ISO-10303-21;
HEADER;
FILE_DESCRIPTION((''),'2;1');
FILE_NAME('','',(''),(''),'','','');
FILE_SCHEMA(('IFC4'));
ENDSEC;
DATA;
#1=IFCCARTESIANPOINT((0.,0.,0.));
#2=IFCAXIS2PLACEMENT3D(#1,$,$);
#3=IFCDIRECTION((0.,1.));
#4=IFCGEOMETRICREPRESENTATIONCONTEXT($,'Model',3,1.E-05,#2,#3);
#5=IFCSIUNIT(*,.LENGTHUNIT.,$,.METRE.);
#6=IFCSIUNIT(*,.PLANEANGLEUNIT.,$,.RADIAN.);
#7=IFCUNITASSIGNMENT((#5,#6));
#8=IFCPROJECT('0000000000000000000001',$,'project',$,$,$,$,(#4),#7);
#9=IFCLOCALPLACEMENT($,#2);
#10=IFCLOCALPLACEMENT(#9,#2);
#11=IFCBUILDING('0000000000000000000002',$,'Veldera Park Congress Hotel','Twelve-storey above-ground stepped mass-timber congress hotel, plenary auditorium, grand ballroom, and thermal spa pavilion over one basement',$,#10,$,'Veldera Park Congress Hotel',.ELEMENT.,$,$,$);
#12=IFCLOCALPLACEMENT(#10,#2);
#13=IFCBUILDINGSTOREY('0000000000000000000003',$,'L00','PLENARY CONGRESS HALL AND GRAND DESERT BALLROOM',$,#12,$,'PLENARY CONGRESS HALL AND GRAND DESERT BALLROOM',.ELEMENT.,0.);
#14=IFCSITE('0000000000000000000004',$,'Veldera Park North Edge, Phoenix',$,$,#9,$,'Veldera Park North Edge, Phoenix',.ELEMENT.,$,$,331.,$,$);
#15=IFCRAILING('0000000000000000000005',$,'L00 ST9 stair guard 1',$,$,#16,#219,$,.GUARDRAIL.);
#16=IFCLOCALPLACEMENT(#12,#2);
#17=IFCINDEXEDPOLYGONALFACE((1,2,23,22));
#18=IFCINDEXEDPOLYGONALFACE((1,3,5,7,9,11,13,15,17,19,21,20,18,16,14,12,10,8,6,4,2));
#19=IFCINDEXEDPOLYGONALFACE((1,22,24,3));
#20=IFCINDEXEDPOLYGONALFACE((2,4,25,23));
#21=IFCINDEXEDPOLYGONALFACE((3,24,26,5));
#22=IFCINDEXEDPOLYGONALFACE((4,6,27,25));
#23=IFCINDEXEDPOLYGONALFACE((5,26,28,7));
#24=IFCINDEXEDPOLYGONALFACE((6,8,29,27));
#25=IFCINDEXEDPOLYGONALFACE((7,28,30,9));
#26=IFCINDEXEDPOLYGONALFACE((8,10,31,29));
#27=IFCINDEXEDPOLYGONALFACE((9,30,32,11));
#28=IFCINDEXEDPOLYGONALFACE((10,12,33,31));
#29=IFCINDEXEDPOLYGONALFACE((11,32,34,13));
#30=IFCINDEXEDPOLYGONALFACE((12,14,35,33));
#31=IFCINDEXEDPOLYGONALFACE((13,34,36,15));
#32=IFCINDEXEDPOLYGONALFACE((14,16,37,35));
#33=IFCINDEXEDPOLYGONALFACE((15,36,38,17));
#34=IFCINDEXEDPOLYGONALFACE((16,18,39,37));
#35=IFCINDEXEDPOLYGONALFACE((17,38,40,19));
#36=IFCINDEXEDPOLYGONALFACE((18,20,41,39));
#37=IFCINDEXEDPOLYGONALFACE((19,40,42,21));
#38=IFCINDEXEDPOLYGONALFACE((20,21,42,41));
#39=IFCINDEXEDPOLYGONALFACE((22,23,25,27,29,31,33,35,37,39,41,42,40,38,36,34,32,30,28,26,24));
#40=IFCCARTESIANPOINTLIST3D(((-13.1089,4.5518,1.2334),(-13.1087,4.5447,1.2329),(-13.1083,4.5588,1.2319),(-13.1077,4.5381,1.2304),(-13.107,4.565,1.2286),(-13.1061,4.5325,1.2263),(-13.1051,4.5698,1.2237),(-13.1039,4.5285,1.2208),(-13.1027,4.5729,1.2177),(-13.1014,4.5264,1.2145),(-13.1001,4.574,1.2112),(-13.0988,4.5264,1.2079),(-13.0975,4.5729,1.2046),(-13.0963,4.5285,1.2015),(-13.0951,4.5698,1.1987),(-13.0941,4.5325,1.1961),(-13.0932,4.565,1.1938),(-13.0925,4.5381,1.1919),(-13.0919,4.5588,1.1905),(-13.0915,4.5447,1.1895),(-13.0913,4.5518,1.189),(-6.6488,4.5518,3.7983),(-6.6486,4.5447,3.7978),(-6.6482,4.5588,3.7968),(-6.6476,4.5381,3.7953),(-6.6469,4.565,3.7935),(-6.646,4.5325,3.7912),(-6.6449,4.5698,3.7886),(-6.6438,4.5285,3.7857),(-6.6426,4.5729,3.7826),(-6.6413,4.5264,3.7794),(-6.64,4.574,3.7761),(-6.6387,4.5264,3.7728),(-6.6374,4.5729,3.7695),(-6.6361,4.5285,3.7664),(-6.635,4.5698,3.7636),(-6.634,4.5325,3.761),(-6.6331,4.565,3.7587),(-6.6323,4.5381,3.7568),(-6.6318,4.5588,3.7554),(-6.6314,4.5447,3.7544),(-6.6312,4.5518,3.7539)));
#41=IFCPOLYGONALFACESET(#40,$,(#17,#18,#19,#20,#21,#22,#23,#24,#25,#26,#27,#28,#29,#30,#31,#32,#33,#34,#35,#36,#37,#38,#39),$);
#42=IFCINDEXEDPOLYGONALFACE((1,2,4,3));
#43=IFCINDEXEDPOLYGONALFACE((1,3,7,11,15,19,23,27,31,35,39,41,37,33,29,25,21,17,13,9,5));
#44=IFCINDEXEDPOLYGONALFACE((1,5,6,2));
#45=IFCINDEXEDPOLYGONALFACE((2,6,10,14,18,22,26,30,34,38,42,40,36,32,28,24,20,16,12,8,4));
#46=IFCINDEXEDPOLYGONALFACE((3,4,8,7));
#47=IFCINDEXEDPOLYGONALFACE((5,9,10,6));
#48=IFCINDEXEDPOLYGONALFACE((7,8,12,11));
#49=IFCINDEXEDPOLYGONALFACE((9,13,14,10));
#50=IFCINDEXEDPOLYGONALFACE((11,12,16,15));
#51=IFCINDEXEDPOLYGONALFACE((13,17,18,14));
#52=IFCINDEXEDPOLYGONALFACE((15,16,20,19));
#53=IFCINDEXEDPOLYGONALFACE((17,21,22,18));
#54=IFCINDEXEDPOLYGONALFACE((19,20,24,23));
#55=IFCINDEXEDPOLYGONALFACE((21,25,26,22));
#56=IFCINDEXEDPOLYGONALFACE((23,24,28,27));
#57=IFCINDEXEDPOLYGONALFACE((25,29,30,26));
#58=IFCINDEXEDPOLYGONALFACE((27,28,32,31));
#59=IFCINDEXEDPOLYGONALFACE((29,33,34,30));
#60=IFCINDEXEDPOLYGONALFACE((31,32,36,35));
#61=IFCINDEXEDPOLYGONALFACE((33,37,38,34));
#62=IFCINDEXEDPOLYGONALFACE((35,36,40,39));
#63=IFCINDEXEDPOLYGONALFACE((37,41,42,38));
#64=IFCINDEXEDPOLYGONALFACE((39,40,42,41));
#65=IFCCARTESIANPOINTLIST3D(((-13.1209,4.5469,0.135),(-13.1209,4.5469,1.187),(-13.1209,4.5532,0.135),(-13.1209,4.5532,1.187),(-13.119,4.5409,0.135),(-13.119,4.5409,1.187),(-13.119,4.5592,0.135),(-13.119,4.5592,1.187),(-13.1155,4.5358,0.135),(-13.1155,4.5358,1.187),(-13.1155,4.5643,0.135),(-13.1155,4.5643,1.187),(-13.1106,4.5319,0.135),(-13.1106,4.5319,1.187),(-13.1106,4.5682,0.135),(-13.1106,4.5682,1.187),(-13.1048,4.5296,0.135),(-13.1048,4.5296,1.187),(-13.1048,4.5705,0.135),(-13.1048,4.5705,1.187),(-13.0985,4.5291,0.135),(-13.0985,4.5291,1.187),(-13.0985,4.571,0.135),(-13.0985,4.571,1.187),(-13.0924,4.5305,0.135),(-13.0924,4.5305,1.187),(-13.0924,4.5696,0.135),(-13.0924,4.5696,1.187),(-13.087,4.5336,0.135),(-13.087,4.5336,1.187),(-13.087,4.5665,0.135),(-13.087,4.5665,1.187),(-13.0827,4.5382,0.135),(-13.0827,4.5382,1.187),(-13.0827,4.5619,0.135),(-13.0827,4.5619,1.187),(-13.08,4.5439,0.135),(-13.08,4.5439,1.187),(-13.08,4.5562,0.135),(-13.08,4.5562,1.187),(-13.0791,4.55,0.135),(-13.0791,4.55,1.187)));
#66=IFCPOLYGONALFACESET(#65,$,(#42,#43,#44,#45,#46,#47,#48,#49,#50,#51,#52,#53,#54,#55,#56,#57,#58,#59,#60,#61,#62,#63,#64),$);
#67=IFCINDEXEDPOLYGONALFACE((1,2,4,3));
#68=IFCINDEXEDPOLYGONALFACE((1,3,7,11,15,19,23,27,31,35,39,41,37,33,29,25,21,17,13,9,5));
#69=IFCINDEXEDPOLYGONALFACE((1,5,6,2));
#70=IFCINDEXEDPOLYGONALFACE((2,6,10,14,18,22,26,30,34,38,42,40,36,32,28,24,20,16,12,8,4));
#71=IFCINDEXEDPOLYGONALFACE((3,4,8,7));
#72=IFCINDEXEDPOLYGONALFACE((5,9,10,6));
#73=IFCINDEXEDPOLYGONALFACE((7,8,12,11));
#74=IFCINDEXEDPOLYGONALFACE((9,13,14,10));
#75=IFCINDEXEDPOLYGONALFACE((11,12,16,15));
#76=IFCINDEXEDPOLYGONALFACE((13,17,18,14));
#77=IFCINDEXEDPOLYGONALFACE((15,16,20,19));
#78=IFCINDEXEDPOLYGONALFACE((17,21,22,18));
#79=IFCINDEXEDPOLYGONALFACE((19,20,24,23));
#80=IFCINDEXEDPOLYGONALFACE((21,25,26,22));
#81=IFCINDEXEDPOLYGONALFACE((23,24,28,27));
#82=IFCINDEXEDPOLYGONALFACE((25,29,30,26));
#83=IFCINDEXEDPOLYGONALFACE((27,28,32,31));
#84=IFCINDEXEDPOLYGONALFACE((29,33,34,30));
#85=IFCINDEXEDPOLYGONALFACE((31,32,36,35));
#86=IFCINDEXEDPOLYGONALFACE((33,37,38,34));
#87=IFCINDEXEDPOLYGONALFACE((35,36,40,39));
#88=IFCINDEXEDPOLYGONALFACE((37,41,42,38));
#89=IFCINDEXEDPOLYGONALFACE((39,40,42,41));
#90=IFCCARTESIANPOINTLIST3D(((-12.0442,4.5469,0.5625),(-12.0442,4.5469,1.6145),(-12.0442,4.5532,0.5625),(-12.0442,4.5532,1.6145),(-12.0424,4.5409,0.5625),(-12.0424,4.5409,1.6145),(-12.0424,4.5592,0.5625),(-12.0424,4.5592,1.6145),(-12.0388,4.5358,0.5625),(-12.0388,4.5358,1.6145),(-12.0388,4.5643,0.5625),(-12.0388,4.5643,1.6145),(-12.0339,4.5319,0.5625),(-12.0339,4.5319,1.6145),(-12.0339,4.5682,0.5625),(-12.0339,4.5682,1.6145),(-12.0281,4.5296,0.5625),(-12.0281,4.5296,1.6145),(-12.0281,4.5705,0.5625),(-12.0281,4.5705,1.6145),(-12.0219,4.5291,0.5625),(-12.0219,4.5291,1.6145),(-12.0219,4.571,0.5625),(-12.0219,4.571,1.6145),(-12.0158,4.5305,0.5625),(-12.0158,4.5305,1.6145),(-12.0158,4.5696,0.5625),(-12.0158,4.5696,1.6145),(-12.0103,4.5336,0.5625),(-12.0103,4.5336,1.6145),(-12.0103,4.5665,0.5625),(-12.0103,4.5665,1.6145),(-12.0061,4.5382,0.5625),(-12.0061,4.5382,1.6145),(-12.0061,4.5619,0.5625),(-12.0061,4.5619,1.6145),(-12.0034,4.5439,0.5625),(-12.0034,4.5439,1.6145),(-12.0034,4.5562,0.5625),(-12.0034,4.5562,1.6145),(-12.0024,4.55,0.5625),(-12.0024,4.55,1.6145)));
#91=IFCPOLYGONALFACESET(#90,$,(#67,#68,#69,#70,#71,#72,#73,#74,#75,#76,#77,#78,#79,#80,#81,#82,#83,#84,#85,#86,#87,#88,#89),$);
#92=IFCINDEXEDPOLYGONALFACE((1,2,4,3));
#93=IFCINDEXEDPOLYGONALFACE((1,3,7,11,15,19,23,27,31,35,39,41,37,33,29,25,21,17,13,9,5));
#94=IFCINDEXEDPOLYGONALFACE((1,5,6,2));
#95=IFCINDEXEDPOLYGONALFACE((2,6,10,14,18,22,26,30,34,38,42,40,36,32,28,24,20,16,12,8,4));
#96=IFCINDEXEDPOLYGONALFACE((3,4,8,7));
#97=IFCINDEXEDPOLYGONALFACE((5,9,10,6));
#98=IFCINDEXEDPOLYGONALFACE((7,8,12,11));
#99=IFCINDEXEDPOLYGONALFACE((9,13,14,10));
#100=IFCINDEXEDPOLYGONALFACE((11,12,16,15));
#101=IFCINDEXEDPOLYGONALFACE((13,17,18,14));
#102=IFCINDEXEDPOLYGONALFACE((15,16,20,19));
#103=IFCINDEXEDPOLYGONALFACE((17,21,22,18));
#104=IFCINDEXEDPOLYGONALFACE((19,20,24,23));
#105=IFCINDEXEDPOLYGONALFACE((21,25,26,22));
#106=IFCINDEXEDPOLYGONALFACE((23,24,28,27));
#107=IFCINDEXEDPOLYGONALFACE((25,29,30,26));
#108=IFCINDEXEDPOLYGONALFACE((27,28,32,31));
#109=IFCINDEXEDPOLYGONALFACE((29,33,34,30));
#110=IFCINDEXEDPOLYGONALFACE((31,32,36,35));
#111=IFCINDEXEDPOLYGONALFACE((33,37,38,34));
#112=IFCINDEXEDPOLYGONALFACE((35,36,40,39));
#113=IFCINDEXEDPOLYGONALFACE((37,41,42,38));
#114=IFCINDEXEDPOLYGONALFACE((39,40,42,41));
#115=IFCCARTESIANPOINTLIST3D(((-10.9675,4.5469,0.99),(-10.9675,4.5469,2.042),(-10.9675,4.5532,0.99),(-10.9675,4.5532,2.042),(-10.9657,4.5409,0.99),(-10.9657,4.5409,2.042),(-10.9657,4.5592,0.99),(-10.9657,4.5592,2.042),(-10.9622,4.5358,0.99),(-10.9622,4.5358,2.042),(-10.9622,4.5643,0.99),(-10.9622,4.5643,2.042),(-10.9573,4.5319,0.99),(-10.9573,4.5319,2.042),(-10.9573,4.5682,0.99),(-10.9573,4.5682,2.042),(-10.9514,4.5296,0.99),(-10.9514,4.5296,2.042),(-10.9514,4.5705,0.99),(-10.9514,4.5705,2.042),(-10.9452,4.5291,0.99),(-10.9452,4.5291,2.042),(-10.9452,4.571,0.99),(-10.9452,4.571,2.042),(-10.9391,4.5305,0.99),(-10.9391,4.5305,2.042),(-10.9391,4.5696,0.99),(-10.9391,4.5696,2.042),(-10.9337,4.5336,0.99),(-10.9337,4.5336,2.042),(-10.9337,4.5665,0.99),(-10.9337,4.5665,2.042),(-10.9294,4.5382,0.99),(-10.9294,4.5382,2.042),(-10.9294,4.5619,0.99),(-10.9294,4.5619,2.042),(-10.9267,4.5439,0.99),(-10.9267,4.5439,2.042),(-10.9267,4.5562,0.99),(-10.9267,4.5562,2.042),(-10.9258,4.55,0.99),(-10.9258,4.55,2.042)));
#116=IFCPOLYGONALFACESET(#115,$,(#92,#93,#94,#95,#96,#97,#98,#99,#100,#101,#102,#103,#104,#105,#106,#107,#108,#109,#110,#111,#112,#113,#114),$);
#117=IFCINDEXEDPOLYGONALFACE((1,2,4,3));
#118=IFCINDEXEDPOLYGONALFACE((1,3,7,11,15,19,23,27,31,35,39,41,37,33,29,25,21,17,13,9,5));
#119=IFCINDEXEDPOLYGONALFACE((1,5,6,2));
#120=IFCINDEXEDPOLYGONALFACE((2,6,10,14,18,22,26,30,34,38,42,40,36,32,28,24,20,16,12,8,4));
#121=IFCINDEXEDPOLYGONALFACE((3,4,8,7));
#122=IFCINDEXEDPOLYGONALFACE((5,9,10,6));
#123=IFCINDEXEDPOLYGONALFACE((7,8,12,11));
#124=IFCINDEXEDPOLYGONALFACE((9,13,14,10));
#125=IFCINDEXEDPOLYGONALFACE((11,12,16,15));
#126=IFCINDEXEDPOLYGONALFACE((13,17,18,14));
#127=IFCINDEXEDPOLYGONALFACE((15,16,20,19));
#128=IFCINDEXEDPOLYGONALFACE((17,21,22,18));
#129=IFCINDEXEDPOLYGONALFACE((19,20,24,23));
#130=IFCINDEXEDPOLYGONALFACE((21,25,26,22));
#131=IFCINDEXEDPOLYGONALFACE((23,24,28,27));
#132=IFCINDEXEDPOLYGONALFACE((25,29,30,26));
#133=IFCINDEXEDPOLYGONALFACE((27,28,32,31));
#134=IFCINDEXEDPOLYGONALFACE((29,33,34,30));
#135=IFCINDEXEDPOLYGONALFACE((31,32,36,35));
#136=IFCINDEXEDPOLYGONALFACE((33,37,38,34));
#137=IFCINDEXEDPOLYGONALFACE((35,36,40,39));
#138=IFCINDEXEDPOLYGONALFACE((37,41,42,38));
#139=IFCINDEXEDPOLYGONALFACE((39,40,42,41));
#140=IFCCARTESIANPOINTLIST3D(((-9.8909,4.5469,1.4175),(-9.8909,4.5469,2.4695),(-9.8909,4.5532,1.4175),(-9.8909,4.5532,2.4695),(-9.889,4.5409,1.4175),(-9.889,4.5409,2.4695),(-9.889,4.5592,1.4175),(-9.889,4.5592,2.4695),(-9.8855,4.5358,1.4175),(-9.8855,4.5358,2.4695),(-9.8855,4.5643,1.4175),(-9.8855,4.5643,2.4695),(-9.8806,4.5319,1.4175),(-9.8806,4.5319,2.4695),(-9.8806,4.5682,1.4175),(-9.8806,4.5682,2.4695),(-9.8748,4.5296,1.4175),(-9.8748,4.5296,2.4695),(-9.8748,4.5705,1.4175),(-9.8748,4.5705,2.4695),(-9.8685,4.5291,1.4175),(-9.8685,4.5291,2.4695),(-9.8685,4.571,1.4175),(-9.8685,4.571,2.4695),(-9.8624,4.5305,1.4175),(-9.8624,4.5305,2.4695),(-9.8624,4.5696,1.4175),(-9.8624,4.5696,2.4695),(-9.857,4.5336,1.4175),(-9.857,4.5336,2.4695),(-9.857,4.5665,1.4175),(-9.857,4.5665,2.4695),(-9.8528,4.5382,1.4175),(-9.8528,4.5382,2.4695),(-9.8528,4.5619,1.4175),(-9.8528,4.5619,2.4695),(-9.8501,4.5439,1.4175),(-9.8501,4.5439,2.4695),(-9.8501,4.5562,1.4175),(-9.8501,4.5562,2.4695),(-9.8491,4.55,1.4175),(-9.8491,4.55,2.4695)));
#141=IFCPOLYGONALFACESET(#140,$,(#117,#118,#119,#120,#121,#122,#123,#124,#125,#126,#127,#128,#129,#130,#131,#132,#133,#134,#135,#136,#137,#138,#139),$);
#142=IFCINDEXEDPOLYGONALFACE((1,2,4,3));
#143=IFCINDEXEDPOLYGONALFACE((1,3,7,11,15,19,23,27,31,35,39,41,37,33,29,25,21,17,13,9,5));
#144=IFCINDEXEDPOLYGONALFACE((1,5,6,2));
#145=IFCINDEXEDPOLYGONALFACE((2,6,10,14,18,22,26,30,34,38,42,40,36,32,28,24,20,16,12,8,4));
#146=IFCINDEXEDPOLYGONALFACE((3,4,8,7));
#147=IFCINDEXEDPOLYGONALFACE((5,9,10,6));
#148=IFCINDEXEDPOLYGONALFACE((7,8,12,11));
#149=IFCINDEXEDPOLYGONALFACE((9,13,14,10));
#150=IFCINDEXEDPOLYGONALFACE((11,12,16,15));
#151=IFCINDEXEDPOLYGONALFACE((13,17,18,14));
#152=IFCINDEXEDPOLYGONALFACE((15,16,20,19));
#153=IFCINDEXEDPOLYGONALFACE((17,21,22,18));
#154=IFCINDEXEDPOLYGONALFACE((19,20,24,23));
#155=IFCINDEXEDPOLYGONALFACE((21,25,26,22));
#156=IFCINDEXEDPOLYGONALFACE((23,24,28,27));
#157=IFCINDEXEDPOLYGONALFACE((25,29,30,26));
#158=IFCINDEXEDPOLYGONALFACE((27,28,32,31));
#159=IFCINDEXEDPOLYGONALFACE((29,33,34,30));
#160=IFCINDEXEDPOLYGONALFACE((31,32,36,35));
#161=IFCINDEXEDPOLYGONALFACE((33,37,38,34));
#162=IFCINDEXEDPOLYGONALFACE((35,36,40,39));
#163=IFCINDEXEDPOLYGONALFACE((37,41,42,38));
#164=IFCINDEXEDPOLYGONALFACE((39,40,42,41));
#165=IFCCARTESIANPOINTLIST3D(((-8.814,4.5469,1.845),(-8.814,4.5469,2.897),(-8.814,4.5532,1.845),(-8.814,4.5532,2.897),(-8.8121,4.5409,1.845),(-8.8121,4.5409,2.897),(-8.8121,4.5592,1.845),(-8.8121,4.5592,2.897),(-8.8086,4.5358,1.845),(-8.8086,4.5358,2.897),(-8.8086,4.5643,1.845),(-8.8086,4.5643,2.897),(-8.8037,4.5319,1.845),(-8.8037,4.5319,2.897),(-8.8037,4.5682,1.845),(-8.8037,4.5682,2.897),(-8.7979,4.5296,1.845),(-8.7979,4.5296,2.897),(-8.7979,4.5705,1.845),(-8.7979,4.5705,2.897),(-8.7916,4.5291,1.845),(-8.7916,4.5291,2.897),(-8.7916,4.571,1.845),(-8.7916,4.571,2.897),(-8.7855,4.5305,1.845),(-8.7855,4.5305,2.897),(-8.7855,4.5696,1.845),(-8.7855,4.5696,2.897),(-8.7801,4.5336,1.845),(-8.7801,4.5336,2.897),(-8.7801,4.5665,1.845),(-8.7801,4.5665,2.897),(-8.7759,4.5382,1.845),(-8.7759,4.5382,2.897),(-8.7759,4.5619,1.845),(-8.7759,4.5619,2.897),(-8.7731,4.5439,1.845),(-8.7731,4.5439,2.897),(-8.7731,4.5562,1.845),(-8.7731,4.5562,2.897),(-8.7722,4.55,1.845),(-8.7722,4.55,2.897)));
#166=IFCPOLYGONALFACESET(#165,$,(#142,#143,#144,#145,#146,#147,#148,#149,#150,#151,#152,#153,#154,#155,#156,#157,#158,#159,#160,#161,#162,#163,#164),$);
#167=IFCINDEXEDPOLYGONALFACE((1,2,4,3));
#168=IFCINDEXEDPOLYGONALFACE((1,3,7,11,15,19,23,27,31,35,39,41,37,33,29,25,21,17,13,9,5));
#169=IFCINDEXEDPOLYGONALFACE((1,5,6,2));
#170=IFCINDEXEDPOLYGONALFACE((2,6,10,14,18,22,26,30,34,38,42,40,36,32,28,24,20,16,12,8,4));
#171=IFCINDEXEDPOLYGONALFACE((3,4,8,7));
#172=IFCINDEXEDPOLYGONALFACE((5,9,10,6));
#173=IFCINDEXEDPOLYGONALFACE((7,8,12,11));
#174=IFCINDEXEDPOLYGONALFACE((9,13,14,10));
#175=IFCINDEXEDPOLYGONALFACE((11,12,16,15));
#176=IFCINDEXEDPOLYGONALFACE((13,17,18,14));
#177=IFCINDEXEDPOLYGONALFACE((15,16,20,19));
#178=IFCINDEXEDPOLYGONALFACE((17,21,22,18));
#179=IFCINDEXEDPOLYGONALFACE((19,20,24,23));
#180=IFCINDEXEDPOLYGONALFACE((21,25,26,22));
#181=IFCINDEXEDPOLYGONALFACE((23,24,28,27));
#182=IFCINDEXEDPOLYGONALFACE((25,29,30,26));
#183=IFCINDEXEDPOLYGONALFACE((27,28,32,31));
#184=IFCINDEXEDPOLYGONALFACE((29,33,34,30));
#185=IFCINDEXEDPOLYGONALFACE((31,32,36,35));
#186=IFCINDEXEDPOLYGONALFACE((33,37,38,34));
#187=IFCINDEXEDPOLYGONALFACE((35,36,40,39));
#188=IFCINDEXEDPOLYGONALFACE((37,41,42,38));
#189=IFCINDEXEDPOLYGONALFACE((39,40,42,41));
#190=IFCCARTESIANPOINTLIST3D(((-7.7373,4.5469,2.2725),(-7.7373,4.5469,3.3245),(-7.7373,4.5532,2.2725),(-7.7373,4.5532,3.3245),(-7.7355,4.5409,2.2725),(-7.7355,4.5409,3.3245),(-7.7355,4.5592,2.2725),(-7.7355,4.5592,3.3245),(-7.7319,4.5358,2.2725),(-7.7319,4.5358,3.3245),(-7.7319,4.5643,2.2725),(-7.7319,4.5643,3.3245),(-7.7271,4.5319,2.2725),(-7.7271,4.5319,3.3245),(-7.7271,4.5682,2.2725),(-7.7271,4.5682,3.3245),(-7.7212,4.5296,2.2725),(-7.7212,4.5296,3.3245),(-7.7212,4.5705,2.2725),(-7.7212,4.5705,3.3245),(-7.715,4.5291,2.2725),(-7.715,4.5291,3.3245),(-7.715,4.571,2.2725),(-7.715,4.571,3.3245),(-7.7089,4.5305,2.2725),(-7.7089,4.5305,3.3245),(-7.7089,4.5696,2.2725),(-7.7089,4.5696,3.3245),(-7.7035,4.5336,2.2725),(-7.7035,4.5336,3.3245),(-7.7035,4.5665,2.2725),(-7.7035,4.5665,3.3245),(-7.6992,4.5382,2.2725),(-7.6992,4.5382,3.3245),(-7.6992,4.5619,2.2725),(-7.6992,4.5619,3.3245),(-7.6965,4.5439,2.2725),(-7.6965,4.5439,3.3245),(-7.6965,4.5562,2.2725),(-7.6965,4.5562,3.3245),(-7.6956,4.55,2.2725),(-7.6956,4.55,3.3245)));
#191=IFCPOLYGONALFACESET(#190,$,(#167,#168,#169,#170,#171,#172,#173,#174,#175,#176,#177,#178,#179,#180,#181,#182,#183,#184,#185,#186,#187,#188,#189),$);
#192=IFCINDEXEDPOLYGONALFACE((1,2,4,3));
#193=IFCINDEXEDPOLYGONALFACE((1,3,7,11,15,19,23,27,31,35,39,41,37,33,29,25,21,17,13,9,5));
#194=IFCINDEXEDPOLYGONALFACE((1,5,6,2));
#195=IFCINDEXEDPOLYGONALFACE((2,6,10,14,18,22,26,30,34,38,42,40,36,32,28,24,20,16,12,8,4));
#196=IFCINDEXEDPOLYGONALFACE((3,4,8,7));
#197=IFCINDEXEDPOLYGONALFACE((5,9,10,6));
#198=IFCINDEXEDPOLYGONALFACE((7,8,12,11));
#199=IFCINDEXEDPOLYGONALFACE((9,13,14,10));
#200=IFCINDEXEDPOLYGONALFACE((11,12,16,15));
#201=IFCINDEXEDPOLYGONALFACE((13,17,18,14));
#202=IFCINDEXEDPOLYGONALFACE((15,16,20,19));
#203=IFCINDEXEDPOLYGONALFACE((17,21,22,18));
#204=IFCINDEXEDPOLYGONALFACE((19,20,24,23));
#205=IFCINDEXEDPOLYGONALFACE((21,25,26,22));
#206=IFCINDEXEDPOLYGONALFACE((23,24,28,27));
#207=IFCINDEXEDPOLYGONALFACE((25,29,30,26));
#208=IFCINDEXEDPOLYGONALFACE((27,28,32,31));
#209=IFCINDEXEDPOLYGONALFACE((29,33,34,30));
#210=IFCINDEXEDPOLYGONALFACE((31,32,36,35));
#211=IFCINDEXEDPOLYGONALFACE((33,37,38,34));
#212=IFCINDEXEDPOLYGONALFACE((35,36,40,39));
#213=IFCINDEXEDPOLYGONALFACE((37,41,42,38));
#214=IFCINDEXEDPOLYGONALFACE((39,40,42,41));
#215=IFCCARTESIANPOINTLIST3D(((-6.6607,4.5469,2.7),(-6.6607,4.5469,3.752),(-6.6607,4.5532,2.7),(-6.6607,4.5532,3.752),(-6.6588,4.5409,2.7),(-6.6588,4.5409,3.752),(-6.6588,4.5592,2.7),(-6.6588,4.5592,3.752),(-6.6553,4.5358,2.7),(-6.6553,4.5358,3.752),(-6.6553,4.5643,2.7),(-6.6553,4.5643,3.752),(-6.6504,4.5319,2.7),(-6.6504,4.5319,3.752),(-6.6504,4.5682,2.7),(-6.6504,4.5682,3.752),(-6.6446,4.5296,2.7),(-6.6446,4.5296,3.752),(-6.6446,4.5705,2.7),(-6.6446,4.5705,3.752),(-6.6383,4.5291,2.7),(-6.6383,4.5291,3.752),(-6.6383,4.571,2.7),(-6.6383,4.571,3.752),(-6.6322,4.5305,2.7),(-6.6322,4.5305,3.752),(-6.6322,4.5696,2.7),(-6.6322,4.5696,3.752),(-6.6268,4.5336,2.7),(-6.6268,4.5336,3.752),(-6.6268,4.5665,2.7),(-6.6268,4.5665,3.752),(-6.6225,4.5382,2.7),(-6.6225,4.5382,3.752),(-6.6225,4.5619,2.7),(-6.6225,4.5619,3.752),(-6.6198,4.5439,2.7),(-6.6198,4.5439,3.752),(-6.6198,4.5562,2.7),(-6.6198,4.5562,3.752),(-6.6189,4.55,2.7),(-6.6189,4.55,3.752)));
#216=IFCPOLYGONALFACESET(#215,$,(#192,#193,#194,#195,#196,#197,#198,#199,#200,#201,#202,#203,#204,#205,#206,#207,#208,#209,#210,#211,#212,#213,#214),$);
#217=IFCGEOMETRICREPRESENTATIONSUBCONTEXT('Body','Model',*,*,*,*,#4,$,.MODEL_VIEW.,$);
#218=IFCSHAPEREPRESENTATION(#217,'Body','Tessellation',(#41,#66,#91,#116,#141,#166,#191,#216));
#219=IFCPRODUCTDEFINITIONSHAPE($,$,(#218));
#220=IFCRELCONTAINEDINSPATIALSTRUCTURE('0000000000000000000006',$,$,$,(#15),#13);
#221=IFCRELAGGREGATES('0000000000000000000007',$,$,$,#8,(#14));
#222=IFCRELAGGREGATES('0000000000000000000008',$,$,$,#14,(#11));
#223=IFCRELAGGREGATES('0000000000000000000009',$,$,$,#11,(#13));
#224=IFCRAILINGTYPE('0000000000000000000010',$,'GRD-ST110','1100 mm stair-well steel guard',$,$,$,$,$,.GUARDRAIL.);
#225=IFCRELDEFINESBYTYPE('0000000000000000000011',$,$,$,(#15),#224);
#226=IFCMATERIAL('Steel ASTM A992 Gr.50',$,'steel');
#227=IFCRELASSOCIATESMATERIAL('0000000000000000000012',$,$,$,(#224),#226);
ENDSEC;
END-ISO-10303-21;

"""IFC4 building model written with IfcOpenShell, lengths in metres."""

from ifc_helpers import new_model, si_unit, direction, frame, origin, origin_2d, place, context, subcontext, project, spatial, circle, extrude, material, type_object, element, save


model = new_model("IFC4")

# Units and contexts
model_context = context("Model", 3, precision=1e-05, world=origin(), true_north=direction((0.0, 1.0)))
body_context = subcontext(model_context, "Body", "Model", "MODEL_VIEW")
ifc_project = project(units=[si_unit("LENGTHUNIT", "METRE"), si_unit("PLANEANGLEUNIT", "RADIAN")], contexts=[model_context])

# Site, building, storey
site_placement = place(None, origin())
site = spatial("IfcSite", under=ifc_project, at=site_placement, Name="Veldera Park North Edge, Phoenix", LongName="Veldera Park North Edge, Phoenix", CompositionType="ELEMENT", RefElevation=331.0)
building_placement = place(site_placement, origin())
building = spatial("IfcBuilding", under=site, at=building_placement, Name="Veldera Park Congress Hotel", Description="Twelve-storey above-ground stepped mass-timber congress hotel, plenary auditorium, grand ballroom, and thermal spa pavilion over one basement", LongName="Veldera Park Congress Hotel", CompositionType="ELEMENT")
storey_placement = place(building_placement, origin())
storey = spatial("IfcBuildingStorey", under=building, at=storey_placement, Name="L00", Description="PLENARY CONGRESS HALL AND GRAND DESERT BALLROOM", LongName="PLENARY CONGRESS HALL AND GRAND DESERT BALLROOM", CompositionType="ELEMENT", Elevation=0.0)

# Shared definitions
ifc_material_1 = material(Name="Steel ASTM A992 Gr.50", Category="steel")

# Railing
railing_type_1 = type_object("IfcRailingType", Name="GRD-ST110", Description="1100 mm stair-well steel guard", PredefinedType="GUARDRAIL", material=ifc_material_1)
railing_1_placement = place(storey_placement, frame((-13.1001, 4.55, 0.135)))
element("IfcRailing", 1, at=railing_1_placement, inside=storey, type_object=railing_type_1, Name="L00 ST9 stair guard 1", PredefinedType="GUARDRAIL", context=body_context, shape_type="SweptSolid", body=[
    extrude(circle(Radius=0.0239, at=origin_2d()), frame((0.0, 0.0, 1.0762), z_axis=(0.929423, 0.0, 0.369016), x_axis=(0.0, 1.0, 0.0)), (0.0, 0.0, 1.0), 6.9507),
    extrude(circle(Radius=0.021, at=origin_2d()), origin(), (0.0, 0.0, 1.0), 1.052),
    extrude(circle(Radius=0.021, at=origin_2d()), frame((1.0767, 0.0, 0.4275)), (0.0, 0.0, 1.0), 1.052),
    extrude(circle(Radius=0.021, at=origin_2d()), frame((2.1533, 0.0, 0.855)), (0.0, 0.0, 1.0), 1.052),
    extrude(circle(Radius=0.021, at=origin_2d()), frame((3.23, 0.0, 1.2825)), (0.0, 0.0, 1.0), 1.052),
    extrude(circle(Radius=0.021, at=origin_2d()), frame((4.3069, 0.0, 1.71)), (0.0, 0.0, 1.0), 1.052),
    extrude(circle(Radius=0.021, at=origin_2d()), frame((5.3835, 0.0, 2.1375)), (0.0, 0.0, 1.0), 1.052),
    extrude(circle(Radius=0.021, at=origin_2d()), frame((6.4602, 0.0, 2.5649)), (0.0, 0.0, 1.0), 1.052),
])

save(model, "model.ifc")
